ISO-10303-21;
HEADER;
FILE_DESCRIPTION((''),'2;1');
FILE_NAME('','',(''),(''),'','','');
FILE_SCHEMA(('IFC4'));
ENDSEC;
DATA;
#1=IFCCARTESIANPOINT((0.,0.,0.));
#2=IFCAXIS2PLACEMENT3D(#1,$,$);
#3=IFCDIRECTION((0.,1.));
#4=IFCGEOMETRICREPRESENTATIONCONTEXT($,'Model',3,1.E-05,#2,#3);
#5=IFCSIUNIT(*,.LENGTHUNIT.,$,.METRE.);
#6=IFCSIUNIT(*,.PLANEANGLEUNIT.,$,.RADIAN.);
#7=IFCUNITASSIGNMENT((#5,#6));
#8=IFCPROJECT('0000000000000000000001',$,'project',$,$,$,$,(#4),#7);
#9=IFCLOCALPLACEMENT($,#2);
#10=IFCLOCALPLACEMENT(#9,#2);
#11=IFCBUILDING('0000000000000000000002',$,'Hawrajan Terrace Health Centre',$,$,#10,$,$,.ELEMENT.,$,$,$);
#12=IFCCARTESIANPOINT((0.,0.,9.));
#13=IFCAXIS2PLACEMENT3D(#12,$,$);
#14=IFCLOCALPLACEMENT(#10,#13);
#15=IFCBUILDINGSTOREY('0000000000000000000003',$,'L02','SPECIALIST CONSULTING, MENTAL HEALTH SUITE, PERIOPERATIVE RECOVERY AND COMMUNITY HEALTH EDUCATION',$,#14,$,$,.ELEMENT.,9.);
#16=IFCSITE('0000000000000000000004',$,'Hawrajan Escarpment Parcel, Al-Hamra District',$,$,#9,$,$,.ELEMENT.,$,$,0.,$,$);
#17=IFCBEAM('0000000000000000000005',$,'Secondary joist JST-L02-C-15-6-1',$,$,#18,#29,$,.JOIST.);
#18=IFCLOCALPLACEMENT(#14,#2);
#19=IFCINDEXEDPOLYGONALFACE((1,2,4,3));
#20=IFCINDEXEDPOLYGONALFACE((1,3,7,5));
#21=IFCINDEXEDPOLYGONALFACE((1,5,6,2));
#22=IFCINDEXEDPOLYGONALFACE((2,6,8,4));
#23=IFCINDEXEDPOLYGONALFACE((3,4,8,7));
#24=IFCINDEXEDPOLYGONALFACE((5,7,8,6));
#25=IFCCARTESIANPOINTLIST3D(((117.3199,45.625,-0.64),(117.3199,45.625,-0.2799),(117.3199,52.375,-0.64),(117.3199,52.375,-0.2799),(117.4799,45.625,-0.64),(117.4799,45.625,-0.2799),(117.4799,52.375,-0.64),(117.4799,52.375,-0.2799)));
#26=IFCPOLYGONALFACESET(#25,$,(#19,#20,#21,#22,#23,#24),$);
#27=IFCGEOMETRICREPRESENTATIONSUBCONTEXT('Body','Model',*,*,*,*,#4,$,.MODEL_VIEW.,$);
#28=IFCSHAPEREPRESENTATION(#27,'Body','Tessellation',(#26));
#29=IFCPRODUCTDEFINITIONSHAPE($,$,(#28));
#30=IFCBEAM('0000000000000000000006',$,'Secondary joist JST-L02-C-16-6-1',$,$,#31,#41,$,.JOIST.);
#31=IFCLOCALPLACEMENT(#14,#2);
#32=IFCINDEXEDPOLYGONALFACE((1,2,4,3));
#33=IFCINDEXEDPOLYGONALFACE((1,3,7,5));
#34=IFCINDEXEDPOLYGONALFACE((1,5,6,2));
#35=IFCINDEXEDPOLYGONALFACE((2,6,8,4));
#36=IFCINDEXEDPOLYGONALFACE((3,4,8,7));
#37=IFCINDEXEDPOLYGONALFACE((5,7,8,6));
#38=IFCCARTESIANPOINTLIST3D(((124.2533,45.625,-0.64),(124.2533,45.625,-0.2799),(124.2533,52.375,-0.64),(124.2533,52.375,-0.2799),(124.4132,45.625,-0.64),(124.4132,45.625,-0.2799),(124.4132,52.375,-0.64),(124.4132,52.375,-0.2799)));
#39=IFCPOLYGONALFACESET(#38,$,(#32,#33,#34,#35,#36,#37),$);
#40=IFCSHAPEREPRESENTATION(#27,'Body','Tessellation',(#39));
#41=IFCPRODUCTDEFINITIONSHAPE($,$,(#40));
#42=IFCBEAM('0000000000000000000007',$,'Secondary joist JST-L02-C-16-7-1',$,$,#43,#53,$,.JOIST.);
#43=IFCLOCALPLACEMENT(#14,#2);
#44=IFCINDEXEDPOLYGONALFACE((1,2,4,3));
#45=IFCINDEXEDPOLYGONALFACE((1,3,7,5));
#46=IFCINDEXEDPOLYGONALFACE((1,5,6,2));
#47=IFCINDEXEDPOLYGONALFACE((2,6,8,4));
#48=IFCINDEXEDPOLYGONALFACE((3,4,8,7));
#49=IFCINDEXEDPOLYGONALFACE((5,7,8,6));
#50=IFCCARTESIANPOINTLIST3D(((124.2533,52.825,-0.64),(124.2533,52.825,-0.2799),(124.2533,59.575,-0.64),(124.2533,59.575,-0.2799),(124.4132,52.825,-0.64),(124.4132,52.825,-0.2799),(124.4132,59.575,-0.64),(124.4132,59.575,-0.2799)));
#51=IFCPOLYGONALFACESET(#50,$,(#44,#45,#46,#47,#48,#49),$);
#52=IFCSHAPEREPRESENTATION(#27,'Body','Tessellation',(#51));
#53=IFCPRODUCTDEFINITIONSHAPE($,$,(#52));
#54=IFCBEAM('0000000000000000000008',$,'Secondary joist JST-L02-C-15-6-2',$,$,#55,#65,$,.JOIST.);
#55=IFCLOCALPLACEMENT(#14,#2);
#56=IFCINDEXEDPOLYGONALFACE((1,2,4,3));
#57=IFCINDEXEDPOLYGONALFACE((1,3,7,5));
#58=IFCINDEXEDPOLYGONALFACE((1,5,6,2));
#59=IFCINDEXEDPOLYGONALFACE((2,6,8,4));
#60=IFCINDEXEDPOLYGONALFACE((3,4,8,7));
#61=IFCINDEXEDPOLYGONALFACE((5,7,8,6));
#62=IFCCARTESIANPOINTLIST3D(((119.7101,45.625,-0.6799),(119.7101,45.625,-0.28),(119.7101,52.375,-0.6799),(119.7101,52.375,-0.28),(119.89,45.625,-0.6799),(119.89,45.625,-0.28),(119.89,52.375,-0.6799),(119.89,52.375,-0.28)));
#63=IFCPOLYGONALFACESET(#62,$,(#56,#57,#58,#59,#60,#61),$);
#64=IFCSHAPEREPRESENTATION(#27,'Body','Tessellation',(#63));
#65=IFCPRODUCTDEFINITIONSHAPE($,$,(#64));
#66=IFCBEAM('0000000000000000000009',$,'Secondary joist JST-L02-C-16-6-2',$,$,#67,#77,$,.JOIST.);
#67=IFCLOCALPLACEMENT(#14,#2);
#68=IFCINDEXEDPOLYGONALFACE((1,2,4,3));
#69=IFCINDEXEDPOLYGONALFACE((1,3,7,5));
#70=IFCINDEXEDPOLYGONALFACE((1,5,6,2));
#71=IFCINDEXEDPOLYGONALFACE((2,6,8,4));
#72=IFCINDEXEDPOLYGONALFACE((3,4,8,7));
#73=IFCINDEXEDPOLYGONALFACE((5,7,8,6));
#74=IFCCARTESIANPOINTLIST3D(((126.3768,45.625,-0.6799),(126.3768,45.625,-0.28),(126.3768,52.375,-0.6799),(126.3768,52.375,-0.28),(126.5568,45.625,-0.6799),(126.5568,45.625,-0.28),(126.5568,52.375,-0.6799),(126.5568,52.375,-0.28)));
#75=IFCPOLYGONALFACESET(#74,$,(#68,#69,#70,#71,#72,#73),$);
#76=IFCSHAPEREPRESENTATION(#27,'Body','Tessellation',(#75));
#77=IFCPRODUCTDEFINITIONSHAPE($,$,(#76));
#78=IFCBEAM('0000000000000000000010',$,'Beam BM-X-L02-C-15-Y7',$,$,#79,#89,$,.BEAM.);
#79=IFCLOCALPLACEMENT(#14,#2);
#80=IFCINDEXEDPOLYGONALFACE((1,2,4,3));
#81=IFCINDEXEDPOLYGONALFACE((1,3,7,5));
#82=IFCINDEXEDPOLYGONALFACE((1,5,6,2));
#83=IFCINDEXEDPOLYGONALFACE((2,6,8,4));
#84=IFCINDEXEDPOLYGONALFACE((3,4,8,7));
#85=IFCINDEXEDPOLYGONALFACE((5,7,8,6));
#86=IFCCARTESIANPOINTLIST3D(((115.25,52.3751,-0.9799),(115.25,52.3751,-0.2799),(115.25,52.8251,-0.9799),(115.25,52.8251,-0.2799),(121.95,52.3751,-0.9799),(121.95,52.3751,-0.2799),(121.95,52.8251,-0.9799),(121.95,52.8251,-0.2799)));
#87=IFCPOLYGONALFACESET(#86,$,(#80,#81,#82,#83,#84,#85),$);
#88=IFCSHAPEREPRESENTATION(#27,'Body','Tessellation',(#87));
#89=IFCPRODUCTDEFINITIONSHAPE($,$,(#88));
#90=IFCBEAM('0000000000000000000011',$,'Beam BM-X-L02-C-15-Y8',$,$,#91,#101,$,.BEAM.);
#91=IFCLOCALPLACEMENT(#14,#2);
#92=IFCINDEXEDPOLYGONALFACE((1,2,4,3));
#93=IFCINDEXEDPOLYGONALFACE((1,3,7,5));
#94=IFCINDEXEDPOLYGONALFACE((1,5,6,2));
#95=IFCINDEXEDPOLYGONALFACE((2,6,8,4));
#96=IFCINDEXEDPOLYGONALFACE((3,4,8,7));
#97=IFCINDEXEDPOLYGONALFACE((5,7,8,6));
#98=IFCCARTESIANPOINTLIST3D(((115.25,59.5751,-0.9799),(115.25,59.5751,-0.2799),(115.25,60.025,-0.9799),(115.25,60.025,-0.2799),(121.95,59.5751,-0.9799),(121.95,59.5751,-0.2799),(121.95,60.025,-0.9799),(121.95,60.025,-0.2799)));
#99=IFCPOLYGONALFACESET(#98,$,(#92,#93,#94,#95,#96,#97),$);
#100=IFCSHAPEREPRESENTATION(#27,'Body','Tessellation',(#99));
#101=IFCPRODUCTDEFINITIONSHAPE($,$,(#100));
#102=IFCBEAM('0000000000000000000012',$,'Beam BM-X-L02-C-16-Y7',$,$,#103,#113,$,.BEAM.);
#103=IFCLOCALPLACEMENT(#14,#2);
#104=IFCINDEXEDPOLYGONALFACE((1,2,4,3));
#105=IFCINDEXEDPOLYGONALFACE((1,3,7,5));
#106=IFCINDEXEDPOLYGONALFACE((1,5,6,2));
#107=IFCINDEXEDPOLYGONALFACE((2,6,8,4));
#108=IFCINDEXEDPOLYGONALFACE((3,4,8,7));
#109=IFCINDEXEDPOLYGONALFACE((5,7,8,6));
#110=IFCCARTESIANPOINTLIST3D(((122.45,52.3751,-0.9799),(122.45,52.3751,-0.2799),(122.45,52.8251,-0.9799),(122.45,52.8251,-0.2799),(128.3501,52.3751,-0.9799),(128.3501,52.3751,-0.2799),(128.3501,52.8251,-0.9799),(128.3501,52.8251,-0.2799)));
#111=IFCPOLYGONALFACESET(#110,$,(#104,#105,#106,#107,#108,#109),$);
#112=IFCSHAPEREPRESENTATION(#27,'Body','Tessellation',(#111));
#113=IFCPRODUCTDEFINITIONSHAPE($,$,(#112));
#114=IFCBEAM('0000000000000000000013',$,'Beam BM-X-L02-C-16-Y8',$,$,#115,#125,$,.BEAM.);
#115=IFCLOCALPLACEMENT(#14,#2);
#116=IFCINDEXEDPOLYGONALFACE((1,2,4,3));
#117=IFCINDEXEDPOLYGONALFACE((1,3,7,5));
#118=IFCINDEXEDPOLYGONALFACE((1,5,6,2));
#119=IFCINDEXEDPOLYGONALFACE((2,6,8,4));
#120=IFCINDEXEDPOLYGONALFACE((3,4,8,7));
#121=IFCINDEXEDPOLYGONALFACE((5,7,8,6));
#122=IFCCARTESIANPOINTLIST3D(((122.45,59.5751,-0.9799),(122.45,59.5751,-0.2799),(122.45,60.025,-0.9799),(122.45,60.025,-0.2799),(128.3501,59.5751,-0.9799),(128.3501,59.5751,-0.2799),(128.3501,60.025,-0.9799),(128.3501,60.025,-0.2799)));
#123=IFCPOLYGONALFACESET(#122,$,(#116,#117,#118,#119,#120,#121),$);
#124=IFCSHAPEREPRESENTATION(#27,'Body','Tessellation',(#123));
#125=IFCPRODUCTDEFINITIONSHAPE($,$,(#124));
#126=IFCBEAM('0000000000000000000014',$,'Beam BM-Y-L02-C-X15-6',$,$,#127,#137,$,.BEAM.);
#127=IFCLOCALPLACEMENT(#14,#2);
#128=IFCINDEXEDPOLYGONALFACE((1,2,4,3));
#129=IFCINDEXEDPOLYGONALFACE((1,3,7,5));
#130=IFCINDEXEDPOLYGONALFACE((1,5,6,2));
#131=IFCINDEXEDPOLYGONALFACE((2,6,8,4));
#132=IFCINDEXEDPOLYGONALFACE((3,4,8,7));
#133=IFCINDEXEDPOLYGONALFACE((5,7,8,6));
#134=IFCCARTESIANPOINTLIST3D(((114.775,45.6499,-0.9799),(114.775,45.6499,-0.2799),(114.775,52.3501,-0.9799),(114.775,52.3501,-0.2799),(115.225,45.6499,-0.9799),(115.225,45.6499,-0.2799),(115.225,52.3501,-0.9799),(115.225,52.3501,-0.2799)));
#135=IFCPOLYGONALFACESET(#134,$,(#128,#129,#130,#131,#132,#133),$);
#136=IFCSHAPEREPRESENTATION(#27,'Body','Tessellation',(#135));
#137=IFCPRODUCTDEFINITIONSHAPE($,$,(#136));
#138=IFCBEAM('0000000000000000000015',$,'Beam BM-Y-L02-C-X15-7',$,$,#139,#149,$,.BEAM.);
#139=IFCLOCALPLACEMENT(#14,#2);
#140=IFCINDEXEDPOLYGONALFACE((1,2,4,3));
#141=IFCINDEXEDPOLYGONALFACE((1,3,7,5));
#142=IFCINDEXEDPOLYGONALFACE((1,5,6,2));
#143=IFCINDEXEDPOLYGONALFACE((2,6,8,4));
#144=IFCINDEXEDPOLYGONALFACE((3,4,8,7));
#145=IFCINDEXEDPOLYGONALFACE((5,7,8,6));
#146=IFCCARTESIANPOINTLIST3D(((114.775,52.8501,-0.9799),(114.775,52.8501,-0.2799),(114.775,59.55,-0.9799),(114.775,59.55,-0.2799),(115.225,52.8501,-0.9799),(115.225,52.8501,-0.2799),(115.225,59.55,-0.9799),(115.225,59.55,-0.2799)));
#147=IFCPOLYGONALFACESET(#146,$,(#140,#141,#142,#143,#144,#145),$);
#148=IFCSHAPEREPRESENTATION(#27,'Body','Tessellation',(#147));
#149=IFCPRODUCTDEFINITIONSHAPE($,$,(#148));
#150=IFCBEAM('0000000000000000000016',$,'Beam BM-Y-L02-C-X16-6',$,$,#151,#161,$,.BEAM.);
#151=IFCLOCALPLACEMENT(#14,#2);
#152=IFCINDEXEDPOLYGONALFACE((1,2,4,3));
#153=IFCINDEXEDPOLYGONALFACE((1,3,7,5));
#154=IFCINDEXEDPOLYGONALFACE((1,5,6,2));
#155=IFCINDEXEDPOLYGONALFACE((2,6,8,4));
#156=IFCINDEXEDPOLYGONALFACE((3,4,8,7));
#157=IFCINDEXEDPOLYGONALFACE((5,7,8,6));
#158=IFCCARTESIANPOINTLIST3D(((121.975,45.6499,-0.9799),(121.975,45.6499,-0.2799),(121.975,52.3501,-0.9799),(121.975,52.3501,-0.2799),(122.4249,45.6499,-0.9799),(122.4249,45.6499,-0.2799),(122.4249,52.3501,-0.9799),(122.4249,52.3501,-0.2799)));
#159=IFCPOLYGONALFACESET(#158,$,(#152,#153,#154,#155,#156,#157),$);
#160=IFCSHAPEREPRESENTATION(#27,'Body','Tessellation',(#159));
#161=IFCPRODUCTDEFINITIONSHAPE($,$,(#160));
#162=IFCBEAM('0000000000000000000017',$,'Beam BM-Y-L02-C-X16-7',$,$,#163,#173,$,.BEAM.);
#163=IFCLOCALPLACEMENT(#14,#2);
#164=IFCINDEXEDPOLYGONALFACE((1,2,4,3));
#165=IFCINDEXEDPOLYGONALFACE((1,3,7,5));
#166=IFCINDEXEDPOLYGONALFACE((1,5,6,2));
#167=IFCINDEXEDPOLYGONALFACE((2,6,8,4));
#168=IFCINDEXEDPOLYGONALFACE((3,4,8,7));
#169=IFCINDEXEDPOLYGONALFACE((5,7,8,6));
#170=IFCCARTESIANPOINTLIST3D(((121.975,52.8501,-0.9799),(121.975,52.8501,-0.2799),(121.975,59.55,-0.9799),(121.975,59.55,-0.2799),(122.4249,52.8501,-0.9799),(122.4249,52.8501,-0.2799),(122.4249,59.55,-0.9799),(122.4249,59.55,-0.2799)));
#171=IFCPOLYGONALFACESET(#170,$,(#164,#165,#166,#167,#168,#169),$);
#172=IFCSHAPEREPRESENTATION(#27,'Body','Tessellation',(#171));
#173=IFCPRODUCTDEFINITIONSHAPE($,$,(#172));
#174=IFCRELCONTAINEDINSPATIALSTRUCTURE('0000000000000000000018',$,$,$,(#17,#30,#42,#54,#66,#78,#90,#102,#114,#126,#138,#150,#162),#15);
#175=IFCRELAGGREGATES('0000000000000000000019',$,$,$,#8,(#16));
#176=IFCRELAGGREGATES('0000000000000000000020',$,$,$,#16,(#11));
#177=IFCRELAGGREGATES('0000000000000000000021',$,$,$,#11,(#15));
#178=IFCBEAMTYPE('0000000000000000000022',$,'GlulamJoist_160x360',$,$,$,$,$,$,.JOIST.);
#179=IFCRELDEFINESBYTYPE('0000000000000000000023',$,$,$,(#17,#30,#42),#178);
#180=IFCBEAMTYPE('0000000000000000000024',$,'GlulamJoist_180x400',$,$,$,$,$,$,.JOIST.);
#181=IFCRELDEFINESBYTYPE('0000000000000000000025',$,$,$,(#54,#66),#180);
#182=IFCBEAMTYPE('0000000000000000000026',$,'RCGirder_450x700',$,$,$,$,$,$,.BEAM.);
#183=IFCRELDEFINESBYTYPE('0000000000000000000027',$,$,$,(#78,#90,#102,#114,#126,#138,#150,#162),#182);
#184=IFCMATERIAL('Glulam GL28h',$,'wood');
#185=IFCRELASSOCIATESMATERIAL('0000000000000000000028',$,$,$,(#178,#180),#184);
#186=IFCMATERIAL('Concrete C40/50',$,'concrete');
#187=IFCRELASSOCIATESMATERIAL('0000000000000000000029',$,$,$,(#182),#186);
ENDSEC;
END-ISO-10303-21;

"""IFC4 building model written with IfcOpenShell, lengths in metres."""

from ifc_helpers import new_model, si_unit, direction, frame, origin, origin_2d, place, context, subcontext, project, spatial, rectangle, extrude, material, material_profile, profile_set, type_object, element, save


model = new_model("IFC4")

# Units and contexts
model_context = context("Model", 3, precision=1e-05, world=origin(), true_north=direction((0.0, 1.0)))
body_context = subcontext(model_context, "Body", "Model", "MODEL_VIEW")
ifc_project = project(units=[si_unit("LENGTHUNIT", "METRE"), si_unit("PLANEANGLEUNIT", "RADIAN")], contexts=[model_context])

# Site, building, storey
site_placement = place(None, origin())
site = spatial("IfcSite", under=ifc_project, at=site_placement, Name="Hawrajan Escarpment Parcel, Al-Hamra District", CompositionType="ELEMENT", RefElevation=0.0)
building_placement = place(site_placement, origin())
building = spatial("IfcBuilding", under=site, at=building_placement, Name="Hawrajan Terrace Health Centre", CompositionType="ELEMENT")
storey_placement = place(building_placement, frame((0.0, 0.0, 9.0)))
storey = spatial("IfcBuildingStorey", under=building, at=storey_placement, Name="L02", Description="SPECIALIST CONSULTING, MENTAL HEALTH SUITE, PERIOPERATIVE RECOVERY AND COMMUNITY HEALTH EDUCATION", CompositionType="ELEMENT", Elevation=9.0)

# Beams
ifc_material_1 = material(Name="Glulam GL28h", Category="wood")
ifc_material_profile_1 = material_profile(ifc_material_1, rectangle(XDim=0.1599, YDim=0.3601, at=origin_2d()), Name="GL JST 160x360")
ifc_profile_set_1 = profile_set([ifc_material_profile_1], Name="Glulam GL28h")
beam_type_1 = type_object("IfcBeamType", Name="GlulamJoist_160x360", PredefinedType="JOIST", material=ifc_profile_set_1)
for number, where, z_axis, x_axis, name in (
    (1, (117.3999, 45.625, -0.46), (0.0, 1.0, 0.0), (-1.0, 0.0, 0.0), "Secondary joist JST-L02-C-15-6-1"),
    (2, (124.3333, 45.625, -0.46), (0.0, 1.0, 0.0), (-1.0, 0.0, 0.0), "Secondary joist JST-L02-C-16-6-1"),
    (3, (124.3333, 52.825, -0.46), (0.0, 1.0, 0.0), (-1.0, 0.0, 0.0), "Secondary joist JST-L02-C-16-7-1"),
):
    element("IfcBeam", number, at=place(storey_placement, frame(where, z_axis=z_axis, x_axis=x_axis)), inside=storey, type_object=beam_type_1, Name=name, PredefinedType="JOIST", context=body_context, shape_type="SweptSolid", body=[
        extrude(rectangle(XDim=0.1599, YDim=0.3601, at=origin_2d()), origin(), (0.0, 0.0, 1.0), 6.75),
    ])
ifc_material_profile_2 = material_profile(ifc_material_1, rectangle(XDim=0.1799, YDim=0.3999, at=origin_2d()), Name="GL JST 180x400")
ifc_profile_set_2 = profile_set([ifc_material_profile_2], Name="Glulam GL28h")
beam_type_2 = type_object("IfcBeamType", Name="GlulamJoist_180x400", PredefinedType="JOIST", material=ifc_profile_set_2)
for number, where, z_axis, x_axis, name in (
    (4, (119.8, 45.625, -0.48), (0.0, 1.0, 0.0), (-1.0, 0.0, 0.0), "Secondary joist JST-L02-C-15-6-2"),
    (5, (126.4668, 45.625, -0.48), (0.0, 1.0, 0.0), (-1.0, 0.0, 0.0), "Secondary joist JST-L02-C-16-6-2"),
):
    element("IfcBeam", number, at=place(storey_placement, frame(where, z_axis=z_axis, x_axis=x_axis)), inside=storey, type_object=beam_type_2, Name=name, PredefinedType="JOIST", context=body_context, shape_type="SweptSolid", body=[
        extrude(rectangle(XDim=0.1799, YDim=0.3999, at=origin_2d()), origin(), (0.0, 0.0, 1.0), 6.75),
    ])
ifc_material_2 = material(Name="Concrete C40/50", Category="concrete")
ifc_material_profile_3 = material_profile(ifc_material_2, rectangle(XDim=0.45, YDim=0.7, at=origin_2d()), Name="RC BM 450x700")
ifc_profile_set_3 = profile_set([ifc_material_profile_3], Name="Concrete C40/50")
beam_type_3 = type_object("IfcBeamType", Name="RCGirder_450x700", PredefinedType="BEAM", material=ifc_profile_set_3)
for number, where, z_axis, x_axis, name in (
    (6, (115.25, 52.6001, -0.6299), (1.0, 0.0, 0.0), (0.0, 1.0, 0.0), "Beam BM-X-L02-C-15-Y7"),
    (7, (115.25, 59.8, -0.6299), (1.0, 0.0, 0.0), (0.0, 1.0, 0.0), "Beam BM-X-L02-C-15-Y8"),
):
    element("IfcBeam", number, at=place(storey_placement, frame(where, z_axis=z_axis, x_axis=x_axis)), inside=storey, type_object=beam_type_3, Name=name, PredefinedType="BEAM", context=body_context, shape_type="SweptSolid", body=[
        extrude(rectangle(XDim=0.45, YDim=0.7, at=origin_2d()), origin(), (0.0, 0.0, 1.0), 6.7),
    ])
for number, where, z_axis, x_axis, name in (
    (8, (122.45, 52.6001, -0.6299), (1.0, 0.0, 0.0), (0.0, 1.0, 0.0), "Beam BM-X-L02-C-16-Y7"),
    (9, (122.45, 59.8, -0.6299), (1.0, 0.0, 0.0), (0.0, 1.0, 0.0), "Beam BM-X-L02-C-16-Y8"),
):
    element("IfcBeam", number, at=place(storey_placement, frame(where, z_axis=z_axis, x_axis=x_axis)), inside=storey, type_object=beam_type_3, Name=name, PredefinedType="BEAM", context=body_context, shape_type="SweptSolid", body=[
        extrude(rectangle(XDim=0.45, YDim=0.7, at=origin_2d()), origin(), (0.0, 0.0, 1.0), 5.9001),
    ])
beam_1_placement = place(storey_placement, frame((115.0, 45.6499, -0.6299), z_axis=(0.0, 1.0, 0.0), x_axis=(-1.0, 0.0, 0.0)))
element("IfcBeam", 10, at=beam_1_placement, inside=storey, type_object=beam_type_3, Name="Beam BM-Y-L02-C-X15-6", PredefinedType="BEAM", context=body_context, shape_type="SweptSolid", body=[
    extrude(rectangle(XDim=0.45, YDim=0.7, at=origin_2d()), origin(), (0.0, 0.0, 1.0), 6.7002),
])
beam_2_placement = place(storey_placement, frame((115.0, 52.8501, -0.6299), z_axis=(0.0, 1.0, 0.0), x_axis=(-1.0, 0.0, 0.0)))
element("IfcBeam", 11, at=beam_2_placement, inside=storey, type_object=beam_type_3, Name="Beam BM-Y-L02-C-X15-7", PredefinedType="BEAM", context=body_context, shape_type="SweptSolid", body=[
    extrude(rectangle(XDim=0.45, YDim=0.7, at=origin_2d()), origin(), (0.0, 0.0, 1.0), 6.7),
])
beam_3_placement = place(storey_placement, frame((122.2, 45.6499, -0.6299), z_axis=(0.0, 1.0, 0.0), x_axis=(-1.0, 0.0, 0.0)))
element("IfcBeam", 12, at=beam_3_placement, inside=storey, type_object=beam_type_3, Name="Beam BM-Y-L02-C-X16-6", PredefinedType="BEAM", context=body_context, shape_type="SweptSolid", body=[
    extrude(rectangle(XDim=0.45, YDim=0.7, at=origin_2d()), origin(), (0.0, 0.0, 1.0), 6.7002),
])
beam_4_placement = place(storey_placement, frame((122.2, 52.8501, -0.6299), z_axis=(0.0, 1.0, 0.0), x_axis=(-1.0, 0.0, 0.0)))
element("IfcBeam", 13, at=beam_4_placement, inside=storey, type_object=beam_type_3, Name="Beam BM-Y-L02-C-X16-7", PredefinedType="BEAM", context=body_context, shape_type="SweptSolid", body=[
    extrude(rectangle(XDim=0.45, YDim=0.7, at=origin_2d()), origin(), (0.0, 0.0, 1.0), 6.7),
])

save(model, "model.ifc")
